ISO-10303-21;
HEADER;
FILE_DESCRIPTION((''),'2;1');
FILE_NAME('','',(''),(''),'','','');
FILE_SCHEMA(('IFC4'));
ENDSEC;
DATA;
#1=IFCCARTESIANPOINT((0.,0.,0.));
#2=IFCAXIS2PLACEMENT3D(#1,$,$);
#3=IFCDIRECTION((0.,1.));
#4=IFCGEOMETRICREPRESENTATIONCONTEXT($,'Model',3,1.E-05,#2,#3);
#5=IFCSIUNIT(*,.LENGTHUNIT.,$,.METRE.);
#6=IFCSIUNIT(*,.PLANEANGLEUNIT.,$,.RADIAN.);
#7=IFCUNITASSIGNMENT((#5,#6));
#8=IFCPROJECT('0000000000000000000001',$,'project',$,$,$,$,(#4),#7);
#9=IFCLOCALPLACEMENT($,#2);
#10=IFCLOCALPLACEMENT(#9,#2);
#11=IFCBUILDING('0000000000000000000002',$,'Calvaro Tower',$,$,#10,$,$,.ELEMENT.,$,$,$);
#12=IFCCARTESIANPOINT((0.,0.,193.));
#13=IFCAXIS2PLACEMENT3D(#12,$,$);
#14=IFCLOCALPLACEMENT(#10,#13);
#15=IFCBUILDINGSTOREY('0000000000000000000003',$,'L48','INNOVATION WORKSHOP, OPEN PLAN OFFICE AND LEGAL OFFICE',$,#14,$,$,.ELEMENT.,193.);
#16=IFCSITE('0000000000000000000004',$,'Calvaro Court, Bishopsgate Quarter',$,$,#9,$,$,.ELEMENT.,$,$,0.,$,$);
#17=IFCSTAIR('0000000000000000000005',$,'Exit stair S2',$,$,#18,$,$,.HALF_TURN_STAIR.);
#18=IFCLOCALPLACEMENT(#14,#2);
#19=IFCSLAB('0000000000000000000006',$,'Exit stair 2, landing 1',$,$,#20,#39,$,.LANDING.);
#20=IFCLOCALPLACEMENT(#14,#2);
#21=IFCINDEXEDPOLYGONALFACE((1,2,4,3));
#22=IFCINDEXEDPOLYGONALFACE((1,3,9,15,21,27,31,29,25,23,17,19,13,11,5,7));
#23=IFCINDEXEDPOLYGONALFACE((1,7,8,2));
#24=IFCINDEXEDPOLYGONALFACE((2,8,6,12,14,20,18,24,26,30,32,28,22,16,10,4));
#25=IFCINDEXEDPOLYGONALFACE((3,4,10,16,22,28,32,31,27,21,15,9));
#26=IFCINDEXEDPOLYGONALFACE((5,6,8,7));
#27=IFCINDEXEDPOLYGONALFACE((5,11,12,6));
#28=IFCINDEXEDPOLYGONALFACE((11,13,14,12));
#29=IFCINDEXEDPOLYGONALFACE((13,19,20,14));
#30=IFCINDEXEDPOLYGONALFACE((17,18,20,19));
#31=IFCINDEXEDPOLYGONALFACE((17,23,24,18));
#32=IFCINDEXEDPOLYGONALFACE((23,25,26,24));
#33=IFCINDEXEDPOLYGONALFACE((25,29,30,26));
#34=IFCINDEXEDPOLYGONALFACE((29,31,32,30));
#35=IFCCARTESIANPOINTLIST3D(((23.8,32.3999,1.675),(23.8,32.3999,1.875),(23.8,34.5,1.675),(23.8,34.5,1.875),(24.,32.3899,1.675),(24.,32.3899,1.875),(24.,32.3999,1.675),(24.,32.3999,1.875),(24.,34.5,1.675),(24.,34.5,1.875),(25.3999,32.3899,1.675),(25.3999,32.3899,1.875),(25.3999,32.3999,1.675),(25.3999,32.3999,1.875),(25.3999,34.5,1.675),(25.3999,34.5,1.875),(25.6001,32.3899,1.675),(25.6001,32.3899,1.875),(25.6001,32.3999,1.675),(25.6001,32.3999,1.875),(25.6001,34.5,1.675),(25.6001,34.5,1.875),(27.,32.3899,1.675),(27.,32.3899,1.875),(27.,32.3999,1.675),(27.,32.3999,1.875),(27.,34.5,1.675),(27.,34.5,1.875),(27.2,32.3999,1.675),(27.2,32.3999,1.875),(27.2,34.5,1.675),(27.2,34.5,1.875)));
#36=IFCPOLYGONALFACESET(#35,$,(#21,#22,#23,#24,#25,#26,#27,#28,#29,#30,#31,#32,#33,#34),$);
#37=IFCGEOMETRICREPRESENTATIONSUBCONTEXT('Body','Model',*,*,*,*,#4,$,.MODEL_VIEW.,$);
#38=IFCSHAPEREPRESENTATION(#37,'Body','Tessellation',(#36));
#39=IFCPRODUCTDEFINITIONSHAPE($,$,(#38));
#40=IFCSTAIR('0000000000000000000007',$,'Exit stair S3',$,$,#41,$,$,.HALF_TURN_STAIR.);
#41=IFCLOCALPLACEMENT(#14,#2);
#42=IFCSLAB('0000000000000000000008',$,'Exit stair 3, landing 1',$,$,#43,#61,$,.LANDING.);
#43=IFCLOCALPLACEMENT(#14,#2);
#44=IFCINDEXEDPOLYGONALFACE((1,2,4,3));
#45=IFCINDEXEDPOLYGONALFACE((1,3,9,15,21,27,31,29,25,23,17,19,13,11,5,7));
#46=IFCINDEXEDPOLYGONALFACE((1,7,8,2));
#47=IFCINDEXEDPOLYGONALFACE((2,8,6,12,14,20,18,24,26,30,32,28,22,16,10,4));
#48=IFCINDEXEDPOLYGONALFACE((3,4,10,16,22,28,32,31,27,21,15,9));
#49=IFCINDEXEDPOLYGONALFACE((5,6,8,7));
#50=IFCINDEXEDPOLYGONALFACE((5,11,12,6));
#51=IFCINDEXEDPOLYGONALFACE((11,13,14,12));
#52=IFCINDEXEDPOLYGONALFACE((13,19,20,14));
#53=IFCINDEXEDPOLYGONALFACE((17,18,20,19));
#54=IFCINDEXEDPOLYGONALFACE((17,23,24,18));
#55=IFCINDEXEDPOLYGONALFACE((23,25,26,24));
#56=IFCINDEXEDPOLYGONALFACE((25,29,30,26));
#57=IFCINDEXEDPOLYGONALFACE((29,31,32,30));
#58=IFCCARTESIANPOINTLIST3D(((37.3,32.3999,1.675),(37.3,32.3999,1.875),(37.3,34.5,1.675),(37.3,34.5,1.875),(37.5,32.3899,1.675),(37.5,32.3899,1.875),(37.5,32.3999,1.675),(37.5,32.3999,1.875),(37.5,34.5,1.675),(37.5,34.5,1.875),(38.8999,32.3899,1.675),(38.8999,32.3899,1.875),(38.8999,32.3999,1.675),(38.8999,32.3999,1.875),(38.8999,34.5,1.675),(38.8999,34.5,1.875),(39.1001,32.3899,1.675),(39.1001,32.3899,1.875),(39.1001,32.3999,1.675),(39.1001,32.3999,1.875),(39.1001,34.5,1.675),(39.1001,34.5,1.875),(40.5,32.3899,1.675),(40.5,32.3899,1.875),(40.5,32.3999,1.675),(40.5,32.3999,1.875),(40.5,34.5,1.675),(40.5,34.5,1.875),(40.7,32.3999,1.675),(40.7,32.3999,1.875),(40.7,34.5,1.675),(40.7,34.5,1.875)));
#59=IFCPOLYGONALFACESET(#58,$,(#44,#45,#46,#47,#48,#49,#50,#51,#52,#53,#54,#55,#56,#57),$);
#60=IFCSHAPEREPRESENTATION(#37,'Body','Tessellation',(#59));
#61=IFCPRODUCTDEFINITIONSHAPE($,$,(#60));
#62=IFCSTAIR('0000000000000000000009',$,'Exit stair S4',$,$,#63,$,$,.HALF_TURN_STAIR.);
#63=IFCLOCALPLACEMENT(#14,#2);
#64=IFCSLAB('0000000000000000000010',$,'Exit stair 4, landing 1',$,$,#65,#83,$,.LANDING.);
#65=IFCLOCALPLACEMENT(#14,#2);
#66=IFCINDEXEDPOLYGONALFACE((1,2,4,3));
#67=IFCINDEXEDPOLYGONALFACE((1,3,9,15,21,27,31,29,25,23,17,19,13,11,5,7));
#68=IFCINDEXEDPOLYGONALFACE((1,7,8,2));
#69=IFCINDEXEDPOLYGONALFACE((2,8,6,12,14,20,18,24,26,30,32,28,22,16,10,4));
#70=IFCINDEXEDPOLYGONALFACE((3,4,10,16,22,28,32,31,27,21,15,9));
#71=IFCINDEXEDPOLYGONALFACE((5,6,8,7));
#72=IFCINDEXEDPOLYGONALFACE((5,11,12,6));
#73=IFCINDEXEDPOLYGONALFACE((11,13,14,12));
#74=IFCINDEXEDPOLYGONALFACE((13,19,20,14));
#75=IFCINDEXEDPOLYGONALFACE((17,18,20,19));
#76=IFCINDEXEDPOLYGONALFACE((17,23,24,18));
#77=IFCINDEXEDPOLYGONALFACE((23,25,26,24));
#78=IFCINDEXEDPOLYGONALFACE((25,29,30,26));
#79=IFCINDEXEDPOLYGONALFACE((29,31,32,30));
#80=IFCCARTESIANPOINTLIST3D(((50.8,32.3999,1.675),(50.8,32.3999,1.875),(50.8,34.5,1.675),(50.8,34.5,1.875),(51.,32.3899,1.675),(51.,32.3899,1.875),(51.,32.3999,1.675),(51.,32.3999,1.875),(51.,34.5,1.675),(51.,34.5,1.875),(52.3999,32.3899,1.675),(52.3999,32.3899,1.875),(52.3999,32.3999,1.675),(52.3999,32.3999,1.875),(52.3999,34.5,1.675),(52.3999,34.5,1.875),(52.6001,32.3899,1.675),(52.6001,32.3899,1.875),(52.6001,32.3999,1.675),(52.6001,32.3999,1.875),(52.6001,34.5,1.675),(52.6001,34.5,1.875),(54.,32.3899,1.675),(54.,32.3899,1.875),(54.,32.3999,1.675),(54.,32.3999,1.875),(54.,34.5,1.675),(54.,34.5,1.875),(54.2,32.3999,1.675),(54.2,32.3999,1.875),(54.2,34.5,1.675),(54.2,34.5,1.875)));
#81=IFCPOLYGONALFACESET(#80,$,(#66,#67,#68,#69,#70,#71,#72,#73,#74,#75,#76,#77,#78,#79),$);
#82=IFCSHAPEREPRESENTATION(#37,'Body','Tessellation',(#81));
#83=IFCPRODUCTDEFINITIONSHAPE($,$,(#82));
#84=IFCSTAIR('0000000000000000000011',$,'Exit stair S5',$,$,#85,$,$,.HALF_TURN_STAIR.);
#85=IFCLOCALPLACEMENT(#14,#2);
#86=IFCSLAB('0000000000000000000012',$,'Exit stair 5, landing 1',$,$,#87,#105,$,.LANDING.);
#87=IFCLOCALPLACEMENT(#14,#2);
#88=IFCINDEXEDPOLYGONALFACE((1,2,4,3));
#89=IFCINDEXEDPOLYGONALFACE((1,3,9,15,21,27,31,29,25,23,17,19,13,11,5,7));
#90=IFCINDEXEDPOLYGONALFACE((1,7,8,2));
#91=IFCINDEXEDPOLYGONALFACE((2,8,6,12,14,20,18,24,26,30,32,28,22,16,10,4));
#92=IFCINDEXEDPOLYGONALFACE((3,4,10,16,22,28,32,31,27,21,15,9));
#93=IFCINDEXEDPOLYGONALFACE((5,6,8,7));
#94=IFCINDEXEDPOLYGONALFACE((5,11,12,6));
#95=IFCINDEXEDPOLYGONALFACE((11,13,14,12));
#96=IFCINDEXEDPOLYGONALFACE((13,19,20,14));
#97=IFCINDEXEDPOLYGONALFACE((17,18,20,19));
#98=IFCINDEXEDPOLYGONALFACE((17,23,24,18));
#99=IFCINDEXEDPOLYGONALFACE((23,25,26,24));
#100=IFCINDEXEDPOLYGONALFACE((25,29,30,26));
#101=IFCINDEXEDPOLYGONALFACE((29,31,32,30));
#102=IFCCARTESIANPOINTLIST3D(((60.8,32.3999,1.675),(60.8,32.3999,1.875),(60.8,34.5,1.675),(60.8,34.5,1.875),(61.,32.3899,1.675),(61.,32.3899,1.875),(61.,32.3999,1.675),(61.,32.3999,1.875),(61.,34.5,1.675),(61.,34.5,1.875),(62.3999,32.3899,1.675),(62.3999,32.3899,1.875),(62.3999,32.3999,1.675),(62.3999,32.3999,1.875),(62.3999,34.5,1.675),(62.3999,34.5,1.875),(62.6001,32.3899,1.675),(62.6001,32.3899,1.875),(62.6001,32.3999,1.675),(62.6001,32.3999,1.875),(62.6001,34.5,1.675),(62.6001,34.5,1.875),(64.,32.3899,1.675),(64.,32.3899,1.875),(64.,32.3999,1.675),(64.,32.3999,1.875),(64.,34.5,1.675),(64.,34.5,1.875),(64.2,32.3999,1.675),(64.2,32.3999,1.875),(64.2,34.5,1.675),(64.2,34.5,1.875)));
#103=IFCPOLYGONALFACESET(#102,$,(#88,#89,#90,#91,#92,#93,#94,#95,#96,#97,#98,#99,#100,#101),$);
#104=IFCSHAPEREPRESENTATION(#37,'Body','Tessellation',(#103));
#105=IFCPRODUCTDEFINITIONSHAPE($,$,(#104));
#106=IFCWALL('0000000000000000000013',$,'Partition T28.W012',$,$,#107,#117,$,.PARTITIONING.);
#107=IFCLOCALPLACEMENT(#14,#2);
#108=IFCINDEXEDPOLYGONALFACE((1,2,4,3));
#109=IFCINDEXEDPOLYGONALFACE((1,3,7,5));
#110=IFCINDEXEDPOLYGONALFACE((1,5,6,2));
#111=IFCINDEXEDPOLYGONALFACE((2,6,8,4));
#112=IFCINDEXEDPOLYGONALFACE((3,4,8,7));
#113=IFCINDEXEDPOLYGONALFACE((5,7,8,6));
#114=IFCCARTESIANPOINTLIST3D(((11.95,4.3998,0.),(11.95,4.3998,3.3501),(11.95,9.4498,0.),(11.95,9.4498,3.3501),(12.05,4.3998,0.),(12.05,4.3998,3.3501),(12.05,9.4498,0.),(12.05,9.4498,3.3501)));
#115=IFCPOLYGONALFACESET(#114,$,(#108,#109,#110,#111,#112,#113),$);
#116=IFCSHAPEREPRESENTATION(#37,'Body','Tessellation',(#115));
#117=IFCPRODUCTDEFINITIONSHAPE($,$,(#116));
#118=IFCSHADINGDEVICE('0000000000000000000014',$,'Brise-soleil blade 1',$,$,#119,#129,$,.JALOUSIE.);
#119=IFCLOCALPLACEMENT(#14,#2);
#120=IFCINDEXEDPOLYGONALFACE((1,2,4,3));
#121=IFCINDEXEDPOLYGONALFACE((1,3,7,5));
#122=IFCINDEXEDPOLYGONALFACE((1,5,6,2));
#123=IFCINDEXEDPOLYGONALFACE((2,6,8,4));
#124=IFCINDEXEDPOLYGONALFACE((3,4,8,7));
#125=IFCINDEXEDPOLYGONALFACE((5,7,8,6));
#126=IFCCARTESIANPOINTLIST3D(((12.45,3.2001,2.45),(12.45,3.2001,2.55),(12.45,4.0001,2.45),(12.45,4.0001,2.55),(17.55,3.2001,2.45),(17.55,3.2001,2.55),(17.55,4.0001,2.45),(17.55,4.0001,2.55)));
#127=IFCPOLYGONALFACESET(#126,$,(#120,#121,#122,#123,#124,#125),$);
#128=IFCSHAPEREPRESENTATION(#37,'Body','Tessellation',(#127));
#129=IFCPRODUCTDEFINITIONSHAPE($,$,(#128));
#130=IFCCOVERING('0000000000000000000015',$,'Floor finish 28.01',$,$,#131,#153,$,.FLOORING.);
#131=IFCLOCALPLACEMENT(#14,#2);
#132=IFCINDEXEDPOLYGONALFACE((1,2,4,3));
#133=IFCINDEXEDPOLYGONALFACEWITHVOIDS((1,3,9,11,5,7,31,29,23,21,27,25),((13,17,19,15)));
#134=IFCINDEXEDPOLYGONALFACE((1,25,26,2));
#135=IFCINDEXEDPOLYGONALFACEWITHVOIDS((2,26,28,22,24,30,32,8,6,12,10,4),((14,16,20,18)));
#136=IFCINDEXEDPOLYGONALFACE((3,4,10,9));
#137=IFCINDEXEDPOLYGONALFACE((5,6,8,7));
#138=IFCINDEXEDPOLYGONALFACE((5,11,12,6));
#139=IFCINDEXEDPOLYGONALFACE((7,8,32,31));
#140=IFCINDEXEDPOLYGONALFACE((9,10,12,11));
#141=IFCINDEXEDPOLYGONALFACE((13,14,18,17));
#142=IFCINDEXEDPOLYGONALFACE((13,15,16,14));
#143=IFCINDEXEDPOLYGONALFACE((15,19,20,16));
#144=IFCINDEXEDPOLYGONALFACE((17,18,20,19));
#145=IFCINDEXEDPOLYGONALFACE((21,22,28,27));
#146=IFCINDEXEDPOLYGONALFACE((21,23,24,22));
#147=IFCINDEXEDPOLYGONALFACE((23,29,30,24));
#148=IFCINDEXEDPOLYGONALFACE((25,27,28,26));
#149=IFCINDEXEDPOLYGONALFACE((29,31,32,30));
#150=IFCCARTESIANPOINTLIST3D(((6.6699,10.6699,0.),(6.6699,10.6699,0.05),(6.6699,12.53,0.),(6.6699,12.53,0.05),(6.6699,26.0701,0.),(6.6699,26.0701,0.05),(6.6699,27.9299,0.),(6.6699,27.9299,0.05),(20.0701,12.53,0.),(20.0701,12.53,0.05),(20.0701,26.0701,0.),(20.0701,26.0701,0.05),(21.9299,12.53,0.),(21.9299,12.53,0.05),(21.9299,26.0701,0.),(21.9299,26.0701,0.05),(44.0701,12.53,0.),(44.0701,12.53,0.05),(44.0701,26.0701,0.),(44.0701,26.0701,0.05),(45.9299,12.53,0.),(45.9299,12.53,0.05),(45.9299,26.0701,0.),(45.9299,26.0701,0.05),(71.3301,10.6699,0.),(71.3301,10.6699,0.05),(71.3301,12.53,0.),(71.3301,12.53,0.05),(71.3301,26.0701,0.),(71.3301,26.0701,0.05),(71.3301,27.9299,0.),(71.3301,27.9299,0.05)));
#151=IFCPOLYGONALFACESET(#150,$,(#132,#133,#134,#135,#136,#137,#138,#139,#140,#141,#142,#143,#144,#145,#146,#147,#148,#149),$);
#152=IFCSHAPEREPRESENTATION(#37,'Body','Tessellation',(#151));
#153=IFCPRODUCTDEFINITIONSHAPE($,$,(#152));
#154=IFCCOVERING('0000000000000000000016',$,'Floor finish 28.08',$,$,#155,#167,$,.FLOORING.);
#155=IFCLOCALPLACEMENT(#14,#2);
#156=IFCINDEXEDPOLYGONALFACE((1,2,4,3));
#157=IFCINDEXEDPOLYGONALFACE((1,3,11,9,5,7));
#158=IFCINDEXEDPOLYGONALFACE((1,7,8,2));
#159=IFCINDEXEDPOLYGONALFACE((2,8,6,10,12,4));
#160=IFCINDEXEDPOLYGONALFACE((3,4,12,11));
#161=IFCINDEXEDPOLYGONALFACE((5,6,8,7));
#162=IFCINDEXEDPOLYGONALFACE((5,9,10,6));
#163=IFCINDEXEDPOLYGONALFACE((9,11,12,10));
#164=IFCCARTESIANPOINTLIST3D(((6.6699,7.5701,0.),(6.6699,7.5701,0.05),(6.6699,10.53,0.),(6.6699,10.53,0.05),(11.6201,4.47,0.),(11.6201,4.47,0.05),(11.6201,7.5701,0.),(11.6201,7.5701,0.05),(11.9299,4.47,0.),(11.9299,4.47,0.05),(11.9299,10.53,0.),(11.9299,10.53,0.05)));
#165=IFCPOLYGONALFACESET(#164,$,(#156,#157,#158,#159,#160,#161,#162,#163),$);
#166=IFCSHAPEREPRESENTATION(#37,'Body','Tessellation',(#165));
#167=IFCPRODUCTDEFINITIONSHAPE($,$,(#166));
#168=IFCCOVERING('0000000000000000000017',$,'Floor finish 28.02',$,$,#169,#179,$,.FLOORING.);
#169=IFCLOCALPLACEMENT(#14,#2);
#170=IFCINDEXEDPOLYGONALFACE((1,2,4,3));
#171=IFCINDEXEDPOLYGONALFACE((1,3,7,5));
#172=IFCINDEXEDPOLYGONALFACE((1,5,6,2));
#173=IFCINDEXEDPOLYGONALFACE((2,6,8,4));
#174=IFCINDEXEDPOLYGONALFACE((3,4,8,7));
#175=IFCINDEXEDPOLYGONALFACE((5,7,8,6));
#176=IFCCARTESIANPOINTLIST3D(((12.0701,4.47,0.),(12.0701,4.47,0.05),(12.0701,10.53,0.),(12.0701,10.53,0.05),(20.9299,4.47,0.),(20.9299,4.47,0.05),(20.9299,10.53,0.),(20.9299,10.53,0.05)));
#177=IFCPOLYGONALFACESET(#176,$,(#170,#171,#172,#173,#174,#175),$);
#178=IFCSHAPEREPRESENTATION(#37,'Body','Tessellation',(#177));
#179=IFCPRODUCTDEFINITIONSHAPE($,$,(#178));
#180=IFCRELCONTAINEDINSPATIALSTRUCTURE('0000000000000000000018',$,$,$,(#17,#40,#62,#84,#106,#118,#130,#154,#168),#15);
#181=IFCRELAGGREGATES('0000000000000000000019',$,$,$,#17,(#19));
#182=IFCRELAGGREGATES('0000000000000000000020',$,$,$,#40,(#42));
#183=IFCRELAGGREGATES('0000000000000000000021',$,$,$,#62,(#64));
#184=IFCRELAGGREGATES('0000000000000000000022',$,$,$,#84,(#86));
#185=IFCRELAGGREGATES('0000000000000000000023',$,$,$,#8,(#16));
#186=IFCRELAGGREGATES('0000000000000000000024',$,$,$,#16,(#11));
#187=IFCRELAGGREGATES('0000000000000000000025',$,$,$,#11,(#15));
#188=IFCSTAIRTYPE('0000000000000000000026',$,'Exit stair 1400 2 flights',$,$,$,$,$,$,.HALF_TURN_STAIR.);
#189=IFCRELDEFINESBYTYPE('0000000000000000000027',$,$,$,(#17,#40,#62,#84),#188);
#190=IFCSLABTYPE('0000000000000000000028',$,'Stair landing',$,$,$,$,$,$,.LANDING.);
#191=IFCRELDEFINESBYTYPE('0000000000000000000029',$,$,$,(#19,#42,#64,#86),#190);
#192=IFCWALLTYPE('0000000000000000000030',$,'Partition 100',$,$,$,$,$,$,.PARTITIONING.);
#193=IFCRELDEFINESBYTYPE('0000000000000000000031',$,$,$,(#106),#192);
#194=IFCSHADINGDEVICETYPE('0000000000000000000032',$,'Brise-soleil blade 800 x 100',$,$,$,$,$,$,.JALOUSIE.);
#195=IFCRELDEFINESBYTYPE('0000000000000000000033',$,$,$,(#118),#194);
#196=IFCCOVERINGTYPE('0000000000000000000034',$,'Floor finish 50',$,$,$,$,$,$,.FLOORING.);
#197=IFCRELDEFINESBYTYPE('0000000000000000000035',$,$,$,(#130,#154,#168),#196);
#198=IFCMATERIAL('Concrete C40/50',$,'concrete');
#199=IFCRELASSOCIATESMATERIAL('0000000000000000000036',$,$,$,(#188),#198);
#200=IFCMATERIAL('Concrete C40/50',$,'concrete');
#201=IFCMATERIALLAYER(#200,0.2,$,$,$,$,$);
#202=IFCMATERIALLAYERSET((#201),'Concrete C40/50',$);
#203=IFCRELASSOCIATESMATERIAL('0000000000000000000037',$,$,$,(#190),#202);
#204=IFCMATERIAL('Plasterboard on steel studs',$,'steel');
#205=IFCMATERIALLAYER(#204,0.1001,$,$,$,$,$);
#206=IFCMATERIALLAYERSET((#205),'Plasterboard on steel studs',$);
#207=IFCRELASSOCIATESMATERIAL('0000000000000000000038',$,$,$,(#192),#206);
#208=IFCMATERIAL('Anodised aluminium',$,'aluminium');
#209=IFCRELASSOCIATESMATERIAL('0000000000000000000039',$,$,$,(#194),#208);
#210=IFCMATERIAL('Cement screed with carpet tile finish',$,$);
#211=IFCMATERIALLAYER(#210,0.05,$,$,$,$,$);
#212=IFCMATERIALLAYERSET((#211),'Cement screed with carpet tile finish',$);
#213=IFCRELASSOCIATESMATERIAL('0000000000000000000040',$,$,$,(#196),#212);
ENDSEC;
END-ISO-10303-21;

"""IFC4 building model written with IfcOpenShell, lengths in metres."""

from ifc_helpers import new_model, si_unit, direction, frame, frame_2d, origin, origin_2d, place, context, subcontext, project, spatial, polyline, rectangle, outline, extrude, material, layer, layer_set, material_profile, profile_set, type_object, element, aggregate, save


model = new_model("IFC4")

# Units and contexts
model_context = context("Model", 3, precision=1e-05, world=origin(), true_north=direction((0.0, 1.0)))
body_context = subcontext(model_context, "Body", "Model", "MODEL_VIEW")
ifc_project = project(units=[si_unit("LENGTHUNIT", "METRE"), si_unit("PLANEANGLEUNIT", "RADIAN")], contexts=[model_context])

# Site, building, storey
site_placement = place(None, origin())
site = spatial("IfcSite", under=ifc_project, at=site_placement, Name="Calvaro Court, Bishopsgate Quarter", CompositionType="ELEMENT", RefElevation=0.0)
building_placement = place(site_placement, origin())
building = spatial("IfcBuilding", under=site, at=building_placement, Name="Calvaro Tower", CompositionType="ELEMENT")
storey_placement = place(building_placement, frame((0.0, 0.0, 193.0)))
storey = spatial("IfcBuildingStorey", under=building, at=storey_placement, Name="L48", Description="INNOVATION WORKSHOP, OPEN PLAN OFFICE AND LEGAL OFFICE", CompositionType="ELEMENT", Elevation=193.0)

# Stairs, slabs
ifc_material_1 = material(Name="Concrete C40/50", Category="concrete")
stair_type = type_object("IfcStairType", Name="Exit stair 1400 2 flights", PredefinedType="HALF_TURN_STAIR", material=ifc_material_1)
ifc_material_2 = material(Name="Concrete C40/50", Category="concrete")
ifc_layer_1 = layer(ifc_material_2, 0.2)
ifc_layer_set_1 = layer_set([ifc_layer_1], Name="Concrete C40/50")
slab_type_1 = type_object("IfcSlabType", Name="Stair landing", PredefinedType="LANDING", material=ifc_layer_set_1)
stair_1_placement = place(storey_placement, origin())
stair_1 = element("IfcStair", 1, at=stair_1_placement, inside=storey, type_object=stair_type, Name="Exit stair S2", PredefinedType="HALF_TURN_STAIR")
slab_1_placement = place(storey_placement, frame((0.0, 0.0, 1.675)))
slab_1 = element("IfcSlab", 2, at=slab_1_placement, type_object=slab_type_1, Name="Exit stair 2, landing 1", PredefinedType="LANDING", context=body_context, shape_type="SweptSolid", body=[
    extrude(outline(polyline([(25.3999, 32.3899), (24.0, 32.3899), (24.0, 32.3999), (23.8, 32.3999), (23.8, 34.5), (24.0, 34.5), (25.3999, 34.5), (25.6001, 34.5), (27.0, 34.5), (27.2, 34.5), (27.2, 32.3999), (27.0, 32.3999), (27.0, 32.3899), (25.6001, 32.3899), (25.6001, 32.3999), (25.3999, 32.3999), (25.3999, 32.3899)])), origin(), (0.0, 0.0, 1.0), 0.2),
])
aggregate(stair_1, [slab_1])
stair_2_placement = place(storey_placement, origin())
stair_2 = element("IfcStair", 3, at=stair_2_placement, inside=storey, type_object=stair_type, Name="Exit stair S3", PredefinedType="HALF_TURN_STAIR")
slab_2_placement = place(storey_placement, frame((0.0, 0.0, 1.675)))
slab_2 = element("IfcSlab", 4, at=slab_2_placement, type_object=slab_type_1, Name="Exit stair 3, landing 1", PredefinedType="LANDING", context=body_context, shape_type="SweptSolid", body=[
    extrude(outline(polyline([(38.8999, 32.3899), (37.5, 32.3899), (37.5, 32.3999), (37.3, 32.3999), (37.3, 34.5), (37.5, 34.5), (38.8999, 34.5), (39.1001, 34.5), (40.5, 34.5), (40.7, 34.5), (40.7, 32.3999), (40.5, 32.3999), (40.5, 32.3899), (39.1001, 32.3899), (39.1001, 32.3999), (38.8999, 32.3999), (38.8999, 32.3899)])), origin(), (0.0, 0.0, 1.0), 0.2),
])
aggregate(stair_2, [slab_2])
stair_3_placement = place(storey_placement, origin())
stair_3 = element("IfcStair", 5, at=stair_3_placement, inside=storey, type_object=stair_type, Name="Exit stair S4", PredefinedType="HALF_TURN_STAIR")
slab_3_placement = place(storey_placement, frame((0.0, 0.0, 1.675)))
slab_3 = element("IfcSlab", 6, at=slab_3_placement, type_object=slab_type_1, Name="Exit stair 4, landing 1", PredefinedType="LANDING", context=body_context, shape_type="SweptSolid", body=[
    extrude(outline(polyline([(52.3999, 32.3899), (51.0, 32.3899), (51.0, 32.3999), (50.8, 32.3999), (50.8, 34.5), (51.0, 34.5), (52.3999, 34.5), (52.6001, 34.5), (54.0, 34.5), (54.2, 34.5), (54.2, 32.3999), (54.0, 32.3999), (54.0, 32.3899), (52.6001, 32.3899), (52.6001, 32.3999), (52.3999, 32.3999), (52.3999, 32.3899)])), origin(), (0.0, 0.0, 1.0), 0.2),
])
aggregate(stair_3, [slab_3])
stair_4_placement = place(storey_placement, origin())
stair_4 = element("IfcStair", 7, at=stair_4_placement, inside=storey, type_object=stair_type, Name="Exit stair S5", PredefinedType="HALF_TURN_STAIR")
slab_4_placement = place(storey_placement, frame((0.0, 0.0, 1.675)))
slab_4 = element("IfcSlab", 8, at=slab_4_placement, type_object=slab_type_1, Name="Exit stair 5, landing 1", PredefinedType="LANDING", context=body_context, shape_type="SweptSolid", body=[
    extrude(outline(polyline([(62.3999, 32.3899), (61.0, 32.3899), (61.0, 32.3999), (60.8, 32.3999), (60.8, 34.5), (61.0, 34.5), (62.3999, 34.5), (62.6001, 34.5), (64.0, 34.5), (64.2, 34.5), (64.2, 32.3999), (64.0, 32.3999), (64.0, 32.3899), (62.6001, 32.3899), (62.6001, 32.3999), (62.3999, 32.3999), (62.3999, 32.3899)])), origin(), (0.0, 0.0, 1.0), 0.2),
])
aggregate(stair_4, [slab_4])

# Wall
ifc_material_3 = material(Name="Plasterboard on steel studs", Category="steel")
ifc_layer_2 = layer(ifc_material_3, 0.1001)
ifc_layer_set_2 = layer_set([ifc_layer_2], Name="Plasterboard on steel studs")
wall_type = type_object("IfcWallType", Name="Partition 100", PredefinedType="PARTITIONING", material=ifc_layer_set_2)
wall_placement = place(storey_placement, frame((12.0, 4.3999, 0.0), z_axis=(0.0, 0.0, 1.0), x_axis=(0.0, 1.0, 0.0)))
element("IfcWall", 9, at=wall_placement, inside=storey, type_object=wall_type, Name="Partition T28.W012", PredefinedType="PARTITIONING", context=body_context, shape_type="SweptSolid", body=[
    extrude(rectangle(XDim=5.05, YDim=0.1001, at=frame_2d((2.5249, 0.0))), origin(), (0.0, 0.0, 1.0), 3.3501),
])

# Shading device
ifc_material_4 = material(Name="Anodised aluminium", Category="aluminium")
ifc_material_profile_1 = material_profile(ifc_material_4, rectangle(XDim=0.8, YDim=0.1001, at=origin_2d()), Name="Brise-soleil blade 800 x 100")
ifc_profile_set_1 = profile_set([ifc_material_profile_1], Name="Anodised aluminium")
shading_device_type = type_object("IfcShadingDeviceType", Name="Brise-soleil blade 800 x 100", PredefinedType="JALOUSIE", material=ifc_profile_set_1)
shading_device_placement = place(storey_placement, frame((12.45, 3.6001, 2.5), z_axis=(1.0, 0.0, 0.0), x_axis=(0.0, 1.0, 0.0)))
element("IfcShadingDevice", 10, at=shading_device_placement, inside=storey, type_object=shading_device_type, Name="Brise-soleil blade 1", PredefinedType="JALOUSIE", context=body_context, shape_type="SweptSolid", body=[
    extrude(rectangle(XDim=0.8, YDim=0.1001, at=origin_2d()), origin(), (0.0, 0.0, 1.0), 5.1001),
])

# Coverings
ifc_material_5 = material(Name="Cement screed with carpet tile finish")
ifc_layer_3 = layer(ifc_material_5, 0.05)
ifc_layer_set_3 = layer_set([ifc_layer_3], Name="Cement screed with carpet tile finish")
covering_type = type_object("IfcCoveringType", Name="Floor finish 50", PredefinedType="FLOORING", material=ifc_layer_set_3)
covering_1_placement = place(storey_placement, origin())
element("IfcCovering", 11, at=covering_1_placement, inside=storey, type_object=covering_type, Name="Floor finish 28.01", PredefinedType="FLOORING", context=body_context, shape_type="SweptSolid", body=[
    extrude(outline(polyline([(6.6699, 10.6699), (6.6699, 12.53), (20.0701, 12.53), (20.0701, 26.0701), (6.6699, 26.0701), (6.6699, 27.9299), (71.3301, 27.9299), (71.3301, 26.0701), (45.9299, 26.0701), (45.9299, 12.53), (71.3301, 12.53), (71.3301, 10.6699), (6.6699, 10.6699)]), holes=[polyline([(44.0701, 12.53), (44.0701, 26.0701), (21.9299, 26.0701), (21.9299, 12.53), (44.0701, 12.53)])]), origin(), (0.0, 0.0, 1.0), 0.05),
])
covering_2_placement = place(storey_placement, origin())
element("IfcCovering", 12, at=covering_2_placement, inside=storey, type_object=covering_type, Name="Floor finish 28.08", PredefinedType="FLOORING", context=body_context, shape_type="SweptSolid", body=[
    extrude(outline(polyline([(11.9299, 10.53), (11.9299, 4.47), (11.6201, 4.47), (11.6201, 7.5701), (6.6699, 7.5701), (6.6699, 10.53), (11.9299, 10.53)])), origin(), (0.0, 0.0, 1.0), 0.05),
])
covering_3_placement = place(storey_placement, origin())
element("IfcCovering", 13, at=covering_3_placement, inside=storey, type_object=covering_type, Name="Floor finish 28.02", PredefinedType="FLOORING", context=body_context, shape_type="SweptSolid", body=[
    extrude(outline(polyline([(12.0701, 10.53), (20.9299, 10.53), (20.9299, 4.47), (12.0701, 4.47), (12.0701, 10.53)])), origin(), (0.0, 0.0, 1.0), 0.05),
])

save(model, "model.ifc")
